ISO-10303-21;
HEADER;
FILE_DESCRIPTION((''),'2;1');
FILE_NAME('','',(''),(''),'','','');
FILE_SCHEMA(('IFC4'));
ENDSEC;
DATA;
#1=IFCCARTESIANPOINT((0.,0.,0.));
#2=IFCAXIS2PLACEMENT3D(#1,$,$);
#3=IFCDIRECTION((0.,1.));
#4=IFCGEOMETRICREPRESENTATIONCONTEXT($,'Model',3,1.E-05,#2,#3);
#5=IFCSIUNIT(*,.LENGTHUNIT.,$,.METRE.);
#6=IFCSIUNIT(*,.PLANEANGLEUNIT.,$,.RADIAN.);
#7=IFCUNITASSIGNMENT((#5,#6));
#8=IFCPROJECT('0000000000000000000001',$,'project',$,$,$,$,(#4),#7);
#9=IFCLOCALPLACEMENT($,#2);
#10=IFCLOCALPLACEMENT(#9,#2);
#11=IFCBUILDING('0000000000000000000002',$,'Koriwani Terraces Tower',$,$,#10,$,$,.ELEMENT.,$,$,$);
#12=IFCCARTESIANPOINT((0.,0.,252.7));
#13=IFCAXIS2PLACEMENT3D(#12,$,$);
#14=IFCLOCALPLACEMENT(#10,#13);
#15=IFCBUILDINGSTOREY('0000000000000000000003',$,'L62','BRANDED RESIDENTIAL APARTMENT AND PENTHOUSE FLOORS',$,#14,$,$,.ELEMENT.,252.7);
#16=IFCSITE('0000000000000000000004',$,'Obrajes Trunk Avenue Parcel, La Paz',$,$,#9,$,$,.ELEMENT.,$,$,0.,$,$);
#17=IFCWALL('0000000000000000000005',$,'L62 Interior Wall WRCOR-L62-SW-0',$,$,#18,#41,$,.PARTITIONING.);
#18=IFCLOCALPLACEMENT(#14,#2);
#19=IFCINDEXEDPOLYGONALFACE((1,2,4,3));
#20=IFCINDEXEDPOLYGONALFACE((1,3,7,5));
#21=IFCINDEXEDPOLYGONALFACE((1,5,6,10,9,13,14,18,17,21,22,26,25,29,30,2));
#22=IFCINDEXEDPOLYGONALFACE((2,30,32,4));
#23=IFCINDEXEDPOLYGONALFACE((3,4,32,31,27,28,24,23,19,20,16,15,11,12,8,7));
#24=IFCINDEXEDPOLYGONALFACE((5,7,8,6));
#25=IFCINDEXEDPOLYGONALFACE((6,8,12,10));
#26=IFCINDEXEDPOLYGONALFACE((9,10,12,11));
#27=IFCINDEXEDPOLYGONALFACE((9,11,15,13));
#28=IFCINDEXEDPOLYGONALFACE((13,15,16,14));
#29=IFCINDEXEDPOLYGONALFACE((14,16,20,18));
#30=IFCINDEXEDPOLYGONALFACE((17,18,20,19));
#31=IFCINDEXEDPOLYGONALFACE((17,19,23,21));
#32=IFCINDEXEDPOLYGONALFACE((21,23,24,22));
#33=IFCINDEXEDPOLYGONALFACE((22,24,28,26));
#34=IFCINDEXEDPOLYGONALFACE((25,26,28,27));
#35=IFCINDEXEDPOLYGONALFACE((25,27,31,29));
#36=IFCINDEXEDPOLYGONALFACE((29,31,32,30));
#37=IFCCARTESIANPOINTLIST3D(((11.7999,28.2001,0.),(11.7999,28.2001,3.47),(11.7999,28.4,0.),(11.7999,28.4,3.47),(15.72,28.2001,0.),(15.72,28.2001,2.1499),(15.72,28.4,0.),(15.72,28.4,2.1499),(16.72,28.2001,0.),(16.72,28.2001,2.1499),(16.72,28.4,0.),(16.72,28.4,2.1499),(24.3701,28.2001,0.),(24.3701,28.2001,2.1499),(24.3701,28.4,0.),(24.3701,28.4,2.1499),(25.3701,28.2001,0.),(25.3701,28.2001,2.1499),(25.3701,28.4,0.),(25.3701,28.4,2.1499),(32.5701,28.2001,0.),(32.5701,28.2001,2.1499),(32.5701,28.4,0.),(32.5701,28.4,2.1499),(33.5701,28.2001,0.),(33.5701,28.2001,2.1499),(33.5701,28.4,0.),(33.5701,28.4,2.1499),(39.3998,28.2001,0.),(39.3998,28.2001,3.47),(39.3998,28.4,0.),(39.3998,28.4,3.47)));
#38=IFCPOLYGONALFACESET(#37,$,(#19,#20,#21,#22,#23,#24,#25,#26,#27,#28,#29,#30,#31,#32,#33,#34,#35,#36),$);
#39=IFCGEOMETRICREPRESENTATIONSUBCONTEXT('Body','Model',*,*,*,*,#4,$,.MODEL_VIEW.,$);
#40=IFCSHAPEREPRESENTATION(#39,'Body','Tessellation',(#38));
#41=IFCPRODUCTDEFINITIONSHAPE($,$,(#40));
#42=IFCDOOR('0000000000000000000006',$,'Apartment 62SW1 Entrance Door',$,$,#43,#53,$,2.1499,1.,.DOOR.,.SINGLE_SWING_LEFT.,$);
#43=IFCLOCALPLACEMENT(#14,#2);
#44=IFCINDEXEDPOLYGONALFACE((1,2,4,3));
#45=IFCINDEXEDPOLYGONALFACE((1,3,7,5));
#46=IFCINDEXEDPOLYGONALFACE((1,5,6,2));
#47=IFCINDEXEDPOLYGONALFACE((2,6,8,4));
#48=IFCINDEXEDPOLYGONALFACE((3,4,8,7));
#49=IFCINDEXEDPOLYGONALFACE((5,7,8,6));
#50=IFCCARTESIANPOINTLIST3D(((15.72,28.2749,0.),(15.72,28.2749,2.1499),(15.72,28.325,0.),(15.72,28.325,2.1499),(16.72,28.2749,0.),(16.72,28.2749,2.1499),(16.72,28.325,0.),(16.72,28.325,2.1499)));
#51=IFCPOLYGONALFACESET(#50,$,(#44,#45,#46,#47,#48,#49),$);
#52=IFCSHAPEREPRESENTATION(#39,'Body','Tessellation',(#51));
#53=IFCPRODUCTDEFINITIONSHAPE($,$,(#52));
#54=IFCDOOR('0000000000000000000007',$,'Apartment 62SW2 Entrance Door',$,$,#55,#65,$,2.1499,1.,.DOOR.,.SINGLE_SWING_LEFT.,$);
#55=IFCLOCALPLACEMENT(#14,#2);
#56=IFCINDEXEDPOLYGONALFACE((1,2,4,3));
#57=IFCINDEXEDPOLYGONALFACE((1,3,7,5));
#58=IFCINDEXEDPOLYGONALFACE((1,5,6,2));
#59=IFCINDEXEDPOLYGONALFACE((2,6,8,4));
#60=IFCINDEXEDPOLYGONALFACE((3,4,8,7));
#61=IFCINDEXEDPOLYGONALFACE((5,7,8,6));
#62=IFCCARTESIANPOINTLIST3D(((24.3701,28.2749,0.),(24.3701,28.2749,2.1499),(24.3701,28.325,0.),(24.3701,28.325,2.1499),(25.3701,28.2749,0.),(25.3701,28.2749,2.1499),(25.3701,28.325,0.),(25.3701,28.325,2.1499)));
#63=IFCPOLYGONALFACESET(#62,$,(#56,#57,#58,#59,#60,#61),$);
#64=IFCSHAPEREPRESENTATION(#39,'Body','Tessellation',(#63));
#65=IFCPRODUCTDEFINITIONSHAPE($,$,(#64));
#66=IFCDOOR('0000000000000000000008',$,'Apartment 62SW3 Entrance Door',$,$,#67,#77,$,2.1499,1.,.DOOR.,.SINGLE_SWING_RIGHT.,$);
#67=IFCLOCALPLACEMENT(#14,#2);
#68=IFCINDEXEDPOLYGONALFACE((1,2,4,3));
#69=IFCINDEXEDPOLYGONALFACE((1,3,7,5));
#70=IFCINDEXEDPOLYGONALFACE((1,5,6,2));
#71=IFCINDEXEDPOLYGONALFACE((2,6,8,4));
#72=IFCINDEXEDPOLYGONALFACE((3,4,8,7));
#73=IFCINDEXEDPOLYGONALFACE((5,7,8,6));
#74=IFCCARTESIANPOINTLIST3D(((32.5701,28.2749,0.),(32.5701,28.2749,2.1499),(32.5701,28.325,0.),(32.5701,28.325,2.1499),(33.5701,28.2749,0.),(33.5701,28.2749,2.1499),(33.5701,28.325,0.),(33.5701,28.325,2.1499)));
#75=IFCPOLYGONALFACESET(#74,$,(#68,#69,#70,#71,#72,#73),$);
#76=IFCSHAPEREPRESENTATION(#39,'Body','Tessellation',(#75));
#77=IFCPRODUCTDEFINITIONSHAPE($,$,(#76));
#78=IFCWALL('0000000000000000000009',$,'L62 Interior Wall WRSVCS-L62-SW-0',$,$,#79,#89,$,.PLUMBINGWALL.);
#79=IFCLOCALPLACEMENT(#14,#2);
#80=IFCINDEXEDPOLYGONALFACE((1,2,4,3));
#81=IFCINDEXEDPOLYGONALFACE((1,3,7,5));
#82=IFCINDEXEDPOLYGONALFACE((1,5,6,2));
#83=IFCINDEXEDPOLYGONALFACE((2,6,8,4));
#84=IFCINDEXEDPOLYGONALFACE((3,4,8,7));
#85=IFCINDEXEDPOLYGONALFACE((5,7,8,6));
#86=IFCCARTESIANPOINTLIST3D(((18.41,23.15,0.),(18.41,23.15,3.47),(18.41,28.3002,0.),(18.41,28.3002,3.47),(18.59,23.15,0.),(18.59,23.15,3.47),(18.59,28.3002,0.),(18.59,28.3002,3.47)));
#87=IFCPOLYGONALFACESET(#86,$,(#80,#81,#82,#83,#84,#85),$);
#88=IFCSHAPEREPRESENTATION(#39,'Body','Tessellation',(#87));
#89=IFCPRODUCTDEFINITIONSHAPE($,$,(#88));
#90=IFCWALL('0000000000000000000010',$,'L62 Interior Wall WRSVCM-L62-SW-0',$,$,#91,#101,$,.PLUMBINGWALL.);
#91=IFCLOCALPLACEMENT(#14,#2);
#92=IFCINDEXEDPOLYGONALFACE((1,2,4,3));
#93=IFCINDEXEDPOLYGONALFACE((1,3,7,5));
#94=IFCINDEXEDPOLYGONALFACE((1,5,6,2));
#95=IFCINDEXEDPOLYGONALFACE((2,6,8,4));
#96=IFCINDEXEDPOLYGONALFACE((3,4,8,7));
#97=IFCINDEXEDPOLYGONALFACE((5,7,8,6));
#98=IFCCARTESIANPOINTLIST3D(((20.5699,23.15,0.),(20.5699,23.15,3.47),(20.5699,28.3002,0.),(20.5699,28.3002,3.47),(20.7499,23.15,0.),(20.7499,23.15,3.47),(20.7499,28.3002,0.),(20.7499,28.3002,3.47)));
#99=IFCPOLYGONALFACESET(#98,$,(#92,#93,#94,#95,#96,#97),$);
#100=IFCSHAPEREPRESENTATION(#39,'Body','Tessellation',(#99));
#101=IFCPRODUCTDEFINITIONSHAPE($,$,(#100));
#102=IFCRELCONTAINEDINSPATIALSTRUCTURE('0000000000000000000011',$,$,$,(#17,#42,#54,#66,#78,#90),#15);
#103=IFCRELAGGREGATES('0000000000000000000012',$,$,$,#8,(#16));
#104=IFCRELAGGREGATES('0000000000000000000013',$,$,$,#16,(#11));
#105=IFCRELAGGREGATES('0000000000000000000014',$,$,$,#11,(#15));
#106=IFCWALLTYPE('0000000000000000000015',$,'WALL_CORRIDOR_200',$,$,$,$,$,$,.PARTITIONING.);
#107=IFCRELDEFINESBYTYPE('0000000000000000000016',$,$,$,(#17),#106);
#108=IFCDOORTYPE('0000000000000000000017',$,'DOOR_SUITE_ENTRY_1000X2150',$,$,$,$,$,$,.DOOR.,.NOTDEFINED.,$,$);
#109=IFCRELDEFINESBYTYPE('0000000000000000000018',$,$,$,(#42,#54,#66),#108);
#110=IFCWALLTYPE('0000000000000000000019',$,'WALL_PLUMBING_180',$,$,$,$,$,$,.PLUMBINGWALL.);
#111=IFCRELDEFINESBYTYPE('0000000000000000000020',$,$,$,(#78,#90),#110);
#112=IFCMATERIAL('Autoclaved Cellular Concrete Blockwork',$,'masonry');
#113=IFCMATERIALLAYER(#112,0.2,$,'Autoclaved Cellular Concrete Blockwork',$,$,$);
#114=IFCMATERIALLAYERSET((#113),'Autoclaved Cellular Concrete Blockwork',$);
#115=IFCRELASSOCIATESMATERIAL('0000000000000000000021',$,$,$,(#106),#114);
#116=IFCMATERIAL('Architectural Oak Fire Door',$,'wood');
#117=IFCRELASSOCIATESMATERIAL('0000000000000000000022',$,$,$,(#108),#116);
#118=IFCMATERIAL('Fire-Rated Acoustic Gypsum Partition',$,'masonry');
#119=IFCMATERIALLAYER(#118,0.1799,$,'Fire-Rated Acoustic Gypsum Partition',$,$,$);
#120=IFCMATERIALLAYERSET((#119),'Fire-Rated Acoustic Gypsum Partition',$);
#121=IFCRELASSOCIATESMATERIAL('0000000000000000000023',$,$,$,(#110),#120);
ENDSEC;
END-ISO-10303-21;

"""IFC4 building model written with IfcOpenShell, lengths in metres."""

from ifc_helpers import new_model, si_unit, direction, frame, frame_2d, origin, place, context, subcontext, project, spatial, rectangle, extrude, material, layer, layer_set, type_object, element, fill, save


model = new_model("IFC4")

# Units and contexts
model_context = context("Model", 3, precision=1e-05, world=origin(), true_north=direction((0.0, 1.0)))
body_context = subcontext(model_context, "Body", "Model", "MODEL_VIEW")
ifc_project = project(units=[si_unit("LENGTHUNIT", "METRE"), si_unit("PLANEANGLEUNIT", "RADIAN")], contexts=[model_context])

# Site, building, storey
site_placement = place(None, origin())
site = spatial("IfcSite", under=ifc_project, at=site_placement, Name="Obrajes Trunk Avenue Parcel, La Paz", CompositionType="ELEMENT", RefElevation=0.0)
building_placement = place(site_placement, origin())
building = spatial("IfcBuilding", under=site, at=building_placement, Name="Koriwani Terraces Tower", CompositionType="ELEMENT")
storey_placement = place(building_placement, frame((0.0, 0.0, 252.7)))
storey = spatial("IfcBuildingStorey", under=building, at=storey_placement, Name="L62", Description="BRANDED RESIDENTIAL APARTMENT AND PENTHOUSE FLOORS", CompositionType="ELEMENT", Elevation=252.7)

# Shared definitions
ifc_material_1 = material(Name="Autoclaved Cellular Concrete Blockwork", Category="masonry")
ifc_layer_1 = layer(ifc_material_1, 0.2, Name="Autoclaved Cellular Concrete Blockwork")
ifc_layer_set_1 = layer_set([ifc_layer_1], Name="Autoclaved Cellular Concrete Blockwork")
wall_type_1 = type_object("IfcWallType", Name="WALL_CORRIDOR_200", PredefinedType="PARTITIONING", material=ifc_layer_set_1)
ifc_material_2 = material(Name="Architectural Oak Fire Door", Category="wood")

# Wall, openings, doors
wall_1_placement = place(storey_placement, frame((11.8, 28.3, 0.0), z_axis=(0.0, 0.0, 1.0), x_axis=(1.0, 0.0, 0.0)))
wall_1 = element("IfcWall", 1, at=wall_1_placement, inside=storey, type_object=wall_type_1, Name="L62 Interior Wall WRCOR-L62-SW-0", PredefinedType="PARTITIONING", context=body_context, shape_type="SweptSolid", body=[
    extrude(rectangle(XDim=27.5999, YDim=0.2, at=frame_2d((13.7998, 0.0))), origin(), (0.0, 0.0, 1.0), 3.47),
])
opening_1_placement = place(wall_1_placement, frame((3.9199, 0.0, 0.0)))
opening_1 = element("IfcOpeningElement", 2, at=opening_1_placement, cuts=wall_1, PredefinedType="OPENING", context=body_context, shape_type="SweptSolid", body=[
    extrude(rectangle(XDim=1.0, YDim=2.1499, at=frame_2d((0.5, 1.075))), frame((0.0, 0.1099, 0.0), z_axis=(0.0, -1.0, 0.0), x_axis=(1.0, 0.0, 0.0)), (0.0, 0.0, 1.0), 0.22),
])
opening_2_placement = place(wall_1_placement, frame((12.5701, 0.0, 0.0)))
opening_2 = element("IfcOpeningElement", 3, at=opening_2_placement, cuts=wall_1, PredefinedType="OPENING", context=body_context, shape_type="SweptSolid", body=[
    extrude(rectangle(XDim=1.0, YDim=2.1499, at=frame_2d((0.5, 1.075))), frame((0.0, 0.1099, 0.0), z_axis=(0.0, -1.0, 0.0), x_axis=(1.0, 0.0, 0.0)), (0.0, 0.0, 1.0), 0.22),
])
opening_3_placement = place(wall_1_placement, frame((20.77, 0.0, 0.0)))
opening_3 = element("IfcOpeningElement", 4, at=opening_3_placement, cuts=wall_1, PredefinedType="OPENING", context=body_context, shape_type="SweptSolid", body=[
    extrude(rectangle(XDim=1.0, YDim=2.1499, at=frame_2d((0.5, 1.075))), frame((0.0, 0.1099, 0.0), z_axis=(0.0, -1.0, 0.0), x_axis=(1.0, 0.0, 0.0)), (0.0, 0.0, 1.0), 0.22),
])
door_type_1 = type_object("IfcDoorType", Name="DOOR_SUITE_ENTRY_1000X2150", OperationType="NOTDEFINED", PredefinedType="DOOR", material=ifc_material_2)
door_1_placement = place(opening_1_placement, origin())
door_1 = element("IfcDoor", 5, at=door_1_placement, inside=storey, type_object=door_type_1, Name="Apartment 62SW1 Entrance Door", OperationType="SINGLE_SWING_LEFT", OverallHeight=2.1499, OverallWidth=1.0, PredefinedType="DOOR", context=body_context, shape_type="SweptSolid", body=[
    extrude(rectangle(XDim=1.0, YDim=2.1499, at=frame_2d((0.5, 1.075))), frame((0.0, 0.0249, 0.0), z_axis=(0.0, -1.0, 0.0), x_axis=(1.0, 0.0, 0.0)), (0.0, 0.0, 1.0), 0.05),
])
fill(opening_1, door_1)
door_2_placement = place(opening_2_placement, origin())
door_2 = element("IfcDoor", 6, at=door_2_placement, inside=storey, type_object=door_type_1, Name="Apartment 62SW2 Entrance Door", OperationType="SINGLE_SWING_LEFT", OverallHeight=2.1499, OverallWidth=1.0, PredefinedType="DOOR", context=body_context, shape_type="SweptSolid", body=[
    extrude(rectangle(XDim=1.0, YDim=2.1499, at=frame_2d((0.5, 1.075))), frame((0.0, 0.0249, 0.0), z_axis=(0.0, -1.0, 0.0), x_axis=(1.0, 0.0, 0.0)), (0.0, 0.0, 1.0), 0.05),
])
fill(opening_2, door_2)
door_3_placement = place(opening_3_placement, origin())
door_3 = element("IfcDoor", 7, at=door_3_placement, inside=storey, type_object=door_type_1, Name="Apartment 62SW3 Entrance Door", OperationType="SINGLE_SWING_RIGHT", OverallHeight=2.1499, OverallWidth=1.0, PredefinedType="DOOR", context=body_context, shape_type="SweptSolid", body=[
    extrude(rectangle(XDim=1.0, YDim=2.1499, at=frame_2d((0.5, 1.075))), frame((0.0, 0.0249, 0.0), z_axis=(0.0, -1.0, 0.0), x_axis=(1.0, 0.0, 0.0)), (0.0, 0.0, 1.0), 0.05),
])
fill(opening_3, door_3)

# Walls
ifc_material_3 = material(Name="Fire-Rated Acoustic Gypsum Partition", Category="masonry")
ifc_layer_2 = layer(ifc_material_3, 0.1799, Name="Fire-Rated Acoustic Gypsum Partition")
ifc_layer_set_2 = layer_set([ifc_layer_2], Name="Fire-Rated Acoustic Gypsum Partition")
wall_type_2 = type_object("IfcWallType", Name="WALL_PLUMBING_180", PredefinedType="PLUMBINGWALL", material=ifc_layer_set_2)
for number, where, z_axis, x_axis, name in (
    (8, (18.5, 23.1499, 0.0), (0.0, 0.0, 1.0), (0.0, 1.0, 0.0), "L62 Interior Wall WRSVCS-L62-SW-0"),
    (9, (20.6599, 23.1499, 0.0), (0.0, 0.0, 1.0), (0.0, 1.0, 0.0), "L62 Interior Wall WRSVCM-L62-SW-0"),
):
    element("IfcWall", number, at=place(storey_placement, frame(where, z_axis=z_axis, x_axis=x_axis)), inside=storey, type_object=wall_type_2, Name=name, PredefinedType="PLUMBINGWALL", context=body_context, shape_type="SweptSolid", body=[
        extrude(rectangle(XDim=5.1501, YDim=0.1799, at=frame_2d((2.5752, 0.0))), origin(), (0.0, 0.0, 1.0), 3.47),
    ])

save(model, "model.ifc")
